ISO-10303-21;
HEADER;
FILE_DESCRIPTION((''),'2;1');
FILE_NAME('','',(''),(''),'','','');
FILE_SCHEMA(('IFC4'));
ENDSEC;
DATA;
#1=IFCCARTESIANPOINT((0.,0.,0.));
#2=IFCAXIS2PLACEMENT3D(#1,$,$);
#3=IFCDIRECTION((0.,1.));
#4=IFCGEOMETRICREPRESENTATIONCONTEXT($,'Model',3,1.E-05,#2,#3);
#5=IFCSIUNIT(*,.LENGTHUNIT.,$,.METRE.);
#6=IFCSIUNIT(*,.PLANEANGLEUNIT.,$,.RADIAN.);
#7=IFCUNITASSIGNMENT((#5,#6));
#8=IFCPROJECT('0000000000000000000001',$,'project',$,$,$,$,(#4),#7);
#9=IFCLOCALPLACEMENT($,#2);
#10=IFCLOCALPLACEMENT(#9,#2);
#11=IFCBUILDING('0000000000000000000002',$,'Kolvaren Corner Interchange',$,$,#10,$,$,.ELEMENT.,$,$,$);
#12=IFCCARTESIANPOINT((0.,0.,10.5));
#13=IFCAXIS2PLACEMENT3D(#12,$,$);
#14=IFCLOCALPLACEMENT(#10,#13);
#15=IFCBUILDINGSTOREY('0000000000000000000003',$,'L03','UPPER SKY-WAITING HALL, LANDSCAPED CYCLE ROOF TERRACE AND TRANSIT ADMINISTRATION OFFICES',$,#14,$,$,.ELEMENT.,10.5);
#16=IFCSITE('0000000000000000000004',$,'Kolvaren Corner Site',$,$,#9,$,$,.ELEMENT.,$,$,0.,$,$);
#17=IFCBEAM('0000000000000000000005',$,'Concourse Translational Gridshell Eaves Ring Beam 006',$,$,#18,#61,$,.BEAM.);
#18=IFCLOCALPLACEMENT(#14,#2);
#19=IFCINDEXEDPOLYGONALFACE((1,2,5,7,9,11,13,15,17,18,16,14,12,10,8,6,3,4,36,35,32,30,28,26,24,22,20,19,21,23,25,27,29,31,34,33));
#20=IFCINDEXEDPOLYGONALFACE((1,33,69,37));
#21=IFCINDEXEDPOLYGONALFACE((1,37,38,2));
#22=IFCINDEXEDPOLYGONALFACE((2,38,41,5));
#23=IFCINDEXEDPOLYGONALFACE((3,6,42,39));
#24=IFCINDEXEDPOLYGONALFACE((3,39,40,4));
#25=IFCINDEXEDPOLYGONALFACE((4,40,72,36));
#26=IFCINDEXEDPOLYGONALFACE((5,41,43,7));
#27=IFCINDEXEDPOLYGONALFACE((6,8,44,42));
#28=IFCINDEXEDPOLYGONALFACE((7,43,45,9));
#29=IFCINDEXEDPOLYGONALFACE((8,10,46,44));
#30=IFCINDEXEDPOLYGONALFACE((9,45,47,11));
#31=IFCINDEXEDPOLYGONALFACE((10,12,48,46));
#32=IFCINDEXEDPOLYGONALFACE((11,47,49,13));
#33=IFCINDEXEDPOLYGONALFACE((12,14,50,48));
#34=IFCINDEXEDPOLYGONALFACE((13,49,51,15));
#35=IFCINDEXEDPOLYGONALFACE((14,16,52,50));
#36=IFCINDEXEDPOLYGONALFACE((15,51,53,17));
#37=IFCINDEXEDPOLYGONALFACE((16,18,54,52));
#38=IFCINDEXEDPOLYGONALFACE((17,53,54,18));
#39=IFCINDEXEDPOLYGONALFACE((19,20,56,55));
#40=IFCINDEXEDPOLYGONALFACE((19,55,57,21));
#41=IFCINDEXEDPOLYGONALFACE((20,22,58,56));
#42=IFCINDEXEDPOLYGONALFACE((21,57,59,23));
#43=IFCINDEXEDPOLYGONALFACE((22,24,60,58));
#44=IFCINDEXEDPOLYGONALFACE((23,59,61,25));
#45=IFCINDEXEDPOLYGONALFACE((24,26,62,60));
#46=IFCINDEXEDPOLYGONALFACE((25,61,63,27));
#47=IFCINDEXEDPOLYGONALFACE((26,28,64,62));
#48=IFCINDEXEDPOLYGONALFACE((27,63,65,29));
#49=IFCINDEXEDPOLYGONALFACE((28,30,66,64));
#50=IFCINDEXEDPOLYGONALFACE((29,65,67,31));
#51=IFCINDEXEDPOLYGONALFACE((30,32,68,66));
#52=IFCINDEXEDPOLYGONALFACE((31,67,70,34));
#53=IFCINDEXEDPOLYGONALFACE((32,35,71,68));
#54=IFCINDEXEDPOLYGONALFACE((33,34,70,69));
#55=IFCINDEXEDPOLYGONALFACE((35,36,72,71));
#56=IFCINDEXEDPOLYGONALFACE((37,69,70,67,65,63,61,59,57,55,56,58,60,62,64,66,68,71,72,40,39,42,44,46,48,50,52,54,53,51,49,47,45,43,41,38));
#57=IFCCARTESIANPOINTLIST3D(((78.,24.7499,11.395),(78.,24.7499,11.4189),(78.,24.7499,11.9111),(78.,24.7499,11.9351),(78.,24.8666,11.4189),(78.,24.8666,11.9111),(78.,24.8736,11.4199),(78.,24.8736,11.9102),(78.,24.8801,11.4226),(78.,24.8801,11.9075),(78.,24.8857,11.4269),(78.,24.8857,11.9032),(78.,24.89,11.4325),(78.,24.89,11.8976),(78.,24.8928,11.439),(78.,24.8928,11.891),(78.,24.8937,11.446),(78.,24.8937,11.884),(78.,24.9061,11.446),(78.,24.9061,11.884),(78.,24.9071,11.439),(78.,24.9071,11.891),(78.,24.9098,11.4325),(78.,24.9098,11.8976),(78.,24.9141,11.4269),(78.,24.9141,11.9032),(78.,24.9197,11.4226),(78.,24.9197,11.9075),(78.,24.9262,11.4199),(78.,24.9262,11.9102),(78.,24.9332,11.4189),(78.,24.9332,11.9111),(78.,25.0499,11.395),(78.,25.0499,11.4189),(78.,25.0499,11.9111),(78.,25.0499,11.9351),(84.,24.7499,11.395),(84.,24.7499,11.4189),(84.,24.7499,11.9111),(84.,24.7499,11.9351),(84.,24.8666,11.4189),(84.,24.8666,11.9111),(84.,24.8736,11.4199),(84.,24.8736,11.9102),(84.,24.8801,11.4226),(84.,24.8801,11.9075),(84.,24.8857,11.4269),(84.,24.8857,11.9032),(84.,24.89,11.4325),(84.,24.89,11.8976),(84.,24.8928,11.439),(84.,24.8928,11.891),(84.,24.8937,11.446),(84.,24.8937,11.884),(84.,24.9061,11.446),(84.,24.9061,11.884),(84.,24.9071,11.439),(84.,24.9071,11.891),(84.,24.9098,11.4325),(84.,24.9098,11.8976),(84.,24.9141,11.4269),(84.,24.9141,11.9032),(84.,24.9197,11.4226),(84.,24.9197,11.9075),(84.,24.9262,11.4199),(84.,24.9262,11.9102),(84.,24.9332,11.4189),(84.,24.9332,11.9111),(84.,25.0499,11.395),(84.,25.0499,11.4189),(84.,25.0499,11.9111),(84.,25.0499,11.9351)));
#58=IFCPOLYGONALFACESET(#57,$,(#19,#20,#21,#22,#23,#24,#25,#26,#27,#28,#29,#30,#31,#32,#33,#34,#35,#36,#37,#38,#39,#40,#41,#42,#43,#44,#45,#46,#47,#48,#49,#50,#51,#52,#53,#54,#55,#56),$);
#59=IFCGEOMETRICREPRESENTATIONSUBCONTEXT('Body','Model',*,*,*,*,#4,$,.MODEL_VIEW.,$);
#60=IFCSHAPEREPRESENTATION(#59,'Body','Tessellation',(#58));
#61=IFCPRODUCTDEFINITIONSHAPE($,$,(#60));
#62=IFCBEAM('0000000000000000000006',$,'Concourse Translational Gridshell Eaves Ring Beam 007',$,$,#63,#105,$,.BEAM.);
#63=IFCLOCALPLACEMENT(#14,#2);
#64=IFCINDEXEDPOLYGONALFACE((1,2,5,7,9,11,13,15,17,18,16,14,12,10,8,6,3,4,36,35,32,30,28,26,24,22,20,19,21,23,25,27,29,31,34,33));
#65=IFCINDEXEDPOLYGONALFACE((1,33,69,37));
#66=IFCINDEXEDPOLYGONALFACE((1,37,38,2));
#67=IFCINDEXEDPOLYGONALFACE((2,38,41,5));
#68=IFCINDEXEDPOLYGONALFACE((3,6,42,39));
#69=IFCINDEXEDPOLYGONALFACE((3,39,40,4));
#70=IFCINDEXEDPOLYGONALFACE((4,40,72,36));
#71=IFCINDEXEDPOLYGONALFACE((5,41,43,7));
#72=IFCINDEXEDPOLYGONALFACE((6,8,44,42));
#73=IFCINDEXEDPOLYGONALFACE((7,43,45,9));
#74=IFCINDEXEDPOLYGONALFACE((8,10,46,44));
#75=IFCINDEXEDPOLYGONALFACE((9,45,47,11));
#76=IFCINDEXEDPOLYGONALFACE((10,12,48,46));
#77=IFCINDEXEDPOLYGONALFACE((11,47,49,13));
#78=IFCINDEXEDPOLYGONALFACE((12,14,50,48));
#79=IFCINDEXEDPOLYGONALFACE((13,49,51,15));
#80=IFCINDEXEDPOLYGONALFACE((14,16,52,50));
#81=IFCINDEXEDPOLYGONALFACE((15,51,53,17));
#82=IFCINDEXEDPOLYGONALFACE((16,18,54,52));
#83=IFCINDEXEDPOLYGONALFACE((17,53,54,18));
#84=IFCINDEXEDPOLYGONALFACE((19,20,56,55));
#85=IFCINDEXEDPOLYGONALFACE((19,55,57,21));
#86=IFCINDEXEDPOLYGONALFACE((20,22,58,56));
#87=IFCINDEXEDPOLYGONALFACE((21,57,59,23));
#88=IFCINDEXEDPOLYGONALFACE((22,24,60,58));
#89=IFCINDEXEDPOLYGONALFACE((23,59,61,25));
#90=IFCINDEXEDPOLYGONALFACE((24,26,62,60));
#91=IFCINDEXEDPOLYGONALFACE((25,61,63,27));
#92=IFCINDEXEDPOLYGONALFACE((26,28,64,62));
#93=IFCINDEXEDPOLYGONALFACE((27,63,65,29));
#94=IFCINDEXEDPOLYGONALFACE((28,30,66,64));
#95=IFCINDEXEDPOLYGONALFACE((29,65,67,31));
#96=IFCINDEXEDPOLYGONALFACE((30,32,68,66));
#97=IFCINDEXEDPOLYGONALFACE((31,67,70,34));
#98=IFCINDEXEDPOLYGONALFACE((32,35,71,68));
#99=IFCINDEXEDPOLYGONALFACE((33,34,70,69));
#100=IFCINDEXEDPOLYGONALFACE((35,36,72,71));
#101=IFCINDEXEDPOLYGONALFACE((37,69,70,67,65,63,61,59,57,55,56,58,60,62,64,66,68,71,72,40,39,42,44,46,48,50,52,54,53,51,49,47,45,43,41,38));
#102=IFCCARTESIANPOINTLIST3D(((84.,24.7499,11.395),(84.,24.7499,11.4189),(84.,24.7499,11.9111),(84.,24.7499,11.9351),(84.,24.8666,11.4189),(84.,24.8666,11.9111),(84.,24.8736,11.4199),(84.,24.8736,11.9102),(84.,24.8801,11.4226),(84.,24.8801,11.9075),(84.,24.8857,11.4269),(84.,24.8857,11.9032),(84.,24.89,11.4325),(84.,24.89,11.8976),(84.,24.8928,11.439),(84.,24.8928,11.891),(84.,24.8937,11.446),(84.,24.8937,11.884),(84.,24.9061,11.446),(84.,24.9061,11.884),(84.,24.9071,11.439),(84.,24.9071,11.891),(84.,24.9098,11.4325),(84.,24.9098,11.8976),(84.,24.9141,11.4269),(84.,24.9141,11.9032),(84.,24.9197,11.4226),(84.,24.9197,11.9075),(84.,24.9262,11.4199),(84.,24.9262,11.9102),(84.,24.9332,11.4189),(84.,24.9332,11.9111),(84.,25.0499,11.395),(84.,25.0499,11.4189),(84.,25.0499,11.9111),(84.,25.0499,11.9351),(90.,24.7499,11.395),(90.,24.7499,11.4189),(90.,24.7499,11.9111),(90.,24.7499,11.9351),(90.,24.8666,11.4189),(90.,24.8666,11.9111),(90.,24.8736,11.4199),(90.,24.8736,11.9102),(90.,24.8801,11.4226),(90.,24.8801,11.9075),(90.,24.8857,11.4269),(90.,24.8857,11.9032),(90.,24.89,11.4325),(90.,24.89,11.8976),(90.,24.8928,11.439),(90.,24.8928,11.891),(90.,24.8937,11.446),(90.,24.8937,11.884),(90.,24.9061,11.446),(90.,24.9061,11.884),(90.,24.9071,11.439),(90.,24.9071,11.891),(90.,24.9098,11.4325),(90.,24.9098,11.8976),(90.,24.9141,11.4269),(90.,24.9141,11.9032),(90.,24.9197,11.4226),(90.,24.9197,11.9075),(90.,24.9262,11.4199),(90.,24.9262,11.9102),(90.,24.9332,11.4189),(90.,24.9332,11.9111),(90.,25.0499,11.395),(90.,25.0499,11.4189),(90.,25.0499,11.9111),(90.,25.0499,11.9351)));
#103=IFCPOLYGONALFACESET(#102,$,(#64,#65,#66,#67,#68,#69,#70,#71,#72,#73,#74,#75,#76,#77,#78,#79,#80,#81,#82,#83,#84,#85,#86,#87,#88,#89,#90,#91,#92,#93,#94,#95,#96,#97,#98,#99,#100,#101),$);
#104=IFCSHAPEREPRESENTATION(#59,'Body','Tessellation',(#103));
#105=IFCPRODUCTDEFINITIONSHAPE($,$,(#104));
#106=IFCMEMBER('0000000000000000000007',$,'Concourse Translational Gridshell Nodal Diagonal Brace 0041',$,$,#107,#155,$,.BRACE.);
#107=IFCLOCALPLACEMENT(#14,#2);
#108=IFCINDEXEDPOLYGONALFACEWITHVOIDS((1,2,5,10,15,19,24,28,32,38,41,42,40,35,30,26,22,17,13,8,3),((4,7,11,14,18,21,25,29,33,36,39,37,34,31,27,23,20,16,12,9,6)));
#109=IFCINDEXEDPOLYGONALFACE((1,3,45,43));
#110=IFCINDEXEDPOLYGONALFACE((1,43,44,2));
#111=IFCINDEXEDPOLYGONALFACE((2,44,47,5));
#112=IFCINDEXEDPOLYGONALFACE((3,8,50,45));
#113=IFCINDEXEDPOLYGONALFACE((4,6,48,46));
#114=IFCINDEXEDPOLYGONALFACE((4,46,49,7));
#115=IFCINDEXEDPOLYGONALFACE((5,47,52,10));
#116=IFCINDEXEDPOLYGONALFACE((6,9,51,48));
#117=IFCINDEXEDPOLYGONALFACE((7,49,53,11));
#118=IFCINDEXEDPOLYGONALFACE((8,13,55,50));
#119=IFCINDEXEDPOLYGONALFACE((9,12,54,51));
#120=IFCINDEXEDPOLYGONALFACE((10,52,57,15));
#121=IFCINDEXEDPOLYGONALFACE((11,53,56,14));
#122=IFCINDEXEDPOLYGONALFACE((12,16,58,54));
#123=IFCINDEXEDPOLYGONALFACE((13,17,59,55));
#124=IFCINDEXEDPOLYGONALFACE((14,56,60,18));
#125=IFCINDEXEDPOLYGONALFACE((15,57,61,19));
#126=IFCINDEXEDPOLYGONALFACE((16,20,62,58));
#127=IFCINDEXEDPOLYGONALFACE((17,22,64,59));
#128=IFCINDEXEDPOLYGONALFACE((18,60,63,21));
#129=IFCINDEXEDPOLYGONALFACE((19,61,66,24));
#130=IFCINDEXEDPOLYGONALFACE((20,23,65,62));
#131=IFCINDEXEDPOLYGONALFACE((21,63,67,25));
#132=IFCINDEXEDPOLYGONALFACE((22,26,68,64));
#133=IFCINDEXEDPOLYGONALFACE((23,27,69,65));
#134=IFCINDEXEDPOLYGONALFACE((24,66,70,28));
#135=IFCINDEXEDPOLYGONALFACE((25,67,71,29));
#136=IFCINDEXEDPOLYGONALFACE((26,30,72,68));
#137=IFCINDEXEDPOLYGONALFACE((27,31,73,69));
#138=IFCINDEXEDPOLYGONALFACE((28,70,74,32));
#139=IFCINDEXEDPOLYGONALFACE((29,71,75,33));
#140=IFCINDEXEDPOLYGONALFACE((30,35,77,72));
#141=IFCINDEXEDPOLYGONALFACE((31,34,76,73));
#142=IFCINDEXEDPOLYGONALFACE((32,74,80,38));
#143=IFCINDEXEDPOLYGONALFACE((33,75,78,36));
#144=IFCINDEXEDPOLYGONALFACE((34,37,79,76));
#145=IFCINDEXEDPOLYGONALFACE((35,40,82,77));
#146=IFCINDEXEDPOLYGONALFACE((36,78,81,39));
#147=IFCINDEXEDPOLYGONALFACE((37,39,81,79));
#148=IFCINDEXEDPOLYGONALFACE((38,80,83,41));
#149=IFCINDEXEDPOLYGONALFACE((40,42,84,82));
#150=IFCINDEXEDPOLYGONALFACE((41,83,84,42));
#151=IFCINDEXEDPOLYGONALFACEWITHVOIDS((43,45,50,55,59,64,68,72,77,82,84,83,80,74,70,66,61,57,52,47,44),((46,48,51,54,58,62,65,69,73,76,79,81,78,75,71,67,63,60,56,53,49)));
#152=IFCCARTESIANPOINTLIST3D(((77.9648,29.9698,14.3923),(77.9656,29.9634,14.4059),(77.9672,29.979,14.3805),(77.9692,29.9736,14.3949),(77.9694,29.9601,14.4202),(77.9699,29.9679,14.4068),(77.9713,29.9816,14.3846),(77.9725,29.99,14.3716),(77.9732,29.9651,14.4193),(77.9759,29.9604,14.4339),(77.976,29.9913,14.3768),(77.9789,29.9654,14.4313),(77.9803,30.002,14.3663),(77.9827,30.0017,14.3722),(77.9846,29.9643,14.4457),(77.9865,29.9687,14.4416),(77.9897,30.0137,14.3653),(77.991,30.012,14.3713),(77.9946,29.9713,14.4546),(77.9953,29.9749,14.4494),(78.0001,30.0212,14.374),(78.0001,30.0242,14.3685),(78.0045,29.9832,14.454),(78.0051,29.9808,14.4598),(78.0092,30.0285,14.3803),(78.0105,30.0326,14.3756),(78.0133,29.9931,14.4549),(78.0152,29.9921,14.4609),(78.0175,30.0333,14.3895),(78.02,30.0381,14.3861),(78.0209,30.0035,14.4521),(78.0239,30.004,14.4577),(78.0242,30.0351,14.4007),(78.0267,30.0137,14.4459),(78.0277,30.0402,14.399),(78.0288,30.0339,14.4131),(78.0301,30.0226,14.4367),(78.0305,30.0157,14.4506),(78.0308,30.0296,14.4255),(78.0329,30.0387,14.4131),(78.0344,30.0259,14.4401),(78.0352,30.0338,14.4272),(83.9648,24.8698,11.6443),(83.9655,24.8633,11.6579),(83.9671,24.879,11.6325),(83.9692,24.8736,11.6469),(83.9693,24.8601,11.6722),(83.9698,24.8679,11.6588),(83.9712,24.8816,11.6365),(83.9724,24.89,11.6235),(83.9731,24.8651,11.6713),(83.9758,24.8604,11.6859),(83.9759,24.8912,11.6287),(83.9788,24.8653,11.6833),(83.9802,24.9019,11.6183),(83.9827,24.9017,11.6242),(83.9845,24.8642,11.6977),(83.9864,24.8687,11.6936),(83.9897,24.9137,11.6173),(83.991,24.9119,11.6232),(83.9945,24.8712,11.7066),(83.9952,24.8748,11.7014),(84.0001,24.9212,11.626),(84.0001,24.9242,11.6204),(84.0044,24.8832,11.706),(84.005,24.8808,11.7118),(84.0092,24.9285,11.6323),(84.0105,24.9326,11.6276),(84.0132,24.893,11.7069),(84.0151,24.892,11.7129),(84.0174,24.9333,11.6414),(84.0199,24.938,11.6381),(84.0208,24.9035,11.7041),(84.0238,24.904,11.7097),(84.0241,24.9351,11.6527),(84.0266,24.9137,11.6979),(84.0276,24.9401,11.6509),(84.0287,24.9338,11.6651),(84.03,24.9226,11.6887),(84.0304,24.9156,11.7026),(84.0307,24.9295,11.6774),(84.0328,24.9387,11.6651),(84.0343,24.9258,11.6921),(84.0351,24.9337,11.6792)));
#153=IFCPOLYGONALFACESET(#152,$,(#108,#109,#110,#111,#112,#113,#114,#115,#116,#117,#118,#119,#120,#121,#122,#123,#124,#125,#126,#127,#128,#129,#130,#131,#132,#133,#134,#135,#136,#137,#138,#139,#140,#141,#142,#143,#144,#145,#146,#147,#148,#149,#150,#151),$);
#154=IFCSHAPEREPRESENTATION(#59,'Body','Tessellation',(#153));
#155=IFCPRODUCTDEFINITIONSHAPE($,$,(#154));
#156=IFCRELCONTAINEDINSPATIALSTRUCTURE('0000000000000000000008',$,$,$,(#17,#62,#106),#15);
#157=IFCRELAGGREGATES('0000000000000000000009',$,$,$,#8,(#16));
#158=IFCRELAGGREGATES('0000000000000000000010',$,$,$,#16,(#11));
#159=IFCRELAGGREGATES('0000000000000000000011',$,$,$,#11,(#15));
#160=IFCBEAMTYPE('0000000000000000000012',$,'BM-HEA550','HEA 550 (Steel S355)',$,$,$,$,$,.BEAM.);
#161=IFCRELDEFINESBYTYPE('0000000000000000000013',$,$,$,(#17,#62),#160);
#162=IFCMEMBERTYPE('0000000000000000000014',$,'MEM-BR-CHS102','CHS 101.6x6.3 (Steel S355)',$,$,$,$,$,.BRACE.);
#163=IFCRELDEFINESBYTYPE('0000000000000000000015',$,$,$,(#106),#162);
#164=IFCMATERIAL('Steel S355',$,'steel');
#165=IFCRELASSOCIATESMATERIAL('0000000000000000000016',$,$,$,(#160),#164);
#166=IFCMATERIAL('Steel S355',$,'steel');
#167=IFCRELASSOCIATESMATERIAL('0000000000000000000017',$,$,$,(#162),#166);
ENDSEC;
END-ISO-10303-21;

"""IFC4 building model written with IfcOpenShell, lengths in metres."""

from ifc_helpers import new_model, si_unit, direction, frame, origin, origin_2d, place, context, subcontext, project, spatial, hollow_circle, i_section, extrude, material, material_profile, profile_set, type_object, element, save


model = new_model("IFC4")

# Units and contexts
model_context = context("Model", 3, precision=1e-05, world=origin(), true_north=direction((0.0, 1.0)))
body_context = subcontext(model_context, "Body", "Model", "MODEL_VIEW")
ifc_project = project(units=[si_unit("LENGTHUNIT", "METRE"), si_unit("PLANEANGLEUNIT", "RADIAN")], contexts=[model_context])

# Site, building, storey
site_placement = place(None, origin())
site = spatial("IfcSite", under=ifc_project, at=site_placement, Name="Kolvaren Corner Site", CompositionType="ELEMENT", RefElevation=0.0)
building_placement = place(site_placement, origin())
building = spatial("IfcBuilding", under=site, at=building_placement, Name="Kolvaren Corner Interchange", CompositionType="ELEMENT")
storey_placement = place(building_placement, frame((0.0, 0.0, 10.5)))
storey = spatial("IfcBuildingStorey", under=building, at=storey_placement, Name="L03", Description="UPPER SKY-WAITING HALL, LANDSCAPED CYCLE ROOF TERRACE AND TRANSIT ADMINISTRATION OFFICES", CompositionType="ELEMENT", Elevation=10.5)

# Beams
ifc_material_1 = material(Name="Steel S355", Category="steel")
ifc_material_profile_1 = material_profile(ifc_material_1, i_section(OverallWidth=0.3, OverallDepth=0.54, WebThickness=0.0125, FlangeThickness=0.0239, FilletRadius=0.0271, at=origin_2d()), Name="HEA 550")
ifc_profile_set_1 = profile_set([ifc_material_profile_1], Name="Steel S355")
beam_type = type_object("IfcBeamType", Name="BM-HEA550", Description="HEA 550 (Steel S355)", PredefinedType="BEAM", material=ifc_profile_set_1)
for number, where, z_axis, x_axis, name in (
    (1, (78.0, 24.8999, 11.665), (1.0, 0.0, 0.0), (0.0, 1.0, 0.0), "Concourse Translational Gridshell Eaves Ring Beam 006"),
    (2, (84.0, 24.8999, 11.665), (1.0, 0.0, 0.0), (0.0, 1.0, 0.0), "Concourse Translational Gridshell Eaves Ring Beam 007"),
):
    element("IfcBeam", number, at=place(storey_placement, frame(where, z_axis=z_axis, x_axis=x_axis)), inside=storey, type_object=beam_type, Name=name, PredefinedType="BEAM", context=body_context, shape_type="SweptSolid", body=[
        extrude(i_section(OverallWidth=0.3, OverallDepth=0.54, WebThickness=0.0125, FlangeThickness=0.0239, FilletRadius=0.0271, at=origin_2d()), origin(), (0.0, 0.0, 1.0), 6.0),
    ])

# Member
ifc_material_2 = material(Name="Steel S355", Category="steel")
ifc_material_profile_2 = material_profile(ifc_material_2, hollow_circle(Radius=0.0508, WallThickness=0.0063, at=origin_2d()), Name="CHS 101.6x6.3")
ifc_profile_set_2 = profile_set([ifc_material_profile_2], Name="Steel S355")
member_type_1 = type_object("IfcMemberType", Name="MEM-BR-CHS102", Description="CHS 101.6x6.3 (Steel S355)", PredefinedType="BRACE", material=ifc_profile_set_2)
member_1_placement = place(storey_placement, frame((78.0, 30.0, 14.4131), z_axis=(0.719387, -0.611491, -0.329485), x_axis=(0.647656, 0.761933, 0.0)))
element("IfcMember", 3, at=member_1_placement, inside=storey, type_object=member_type_1, Name="Concourse Translational Gridshell Nodal Diagonal Brace 0041", PredefinedType="BRACE", context=body_context, shape_type="SweptSolid", body=[
    extrude(hollow_circle(Radius=0.0508, WallThickness=0.0063, at=origin_2d()), origin(), (0.0, 0.0, 1.0), 8.3403),
])

save(model, "model.ifc")
